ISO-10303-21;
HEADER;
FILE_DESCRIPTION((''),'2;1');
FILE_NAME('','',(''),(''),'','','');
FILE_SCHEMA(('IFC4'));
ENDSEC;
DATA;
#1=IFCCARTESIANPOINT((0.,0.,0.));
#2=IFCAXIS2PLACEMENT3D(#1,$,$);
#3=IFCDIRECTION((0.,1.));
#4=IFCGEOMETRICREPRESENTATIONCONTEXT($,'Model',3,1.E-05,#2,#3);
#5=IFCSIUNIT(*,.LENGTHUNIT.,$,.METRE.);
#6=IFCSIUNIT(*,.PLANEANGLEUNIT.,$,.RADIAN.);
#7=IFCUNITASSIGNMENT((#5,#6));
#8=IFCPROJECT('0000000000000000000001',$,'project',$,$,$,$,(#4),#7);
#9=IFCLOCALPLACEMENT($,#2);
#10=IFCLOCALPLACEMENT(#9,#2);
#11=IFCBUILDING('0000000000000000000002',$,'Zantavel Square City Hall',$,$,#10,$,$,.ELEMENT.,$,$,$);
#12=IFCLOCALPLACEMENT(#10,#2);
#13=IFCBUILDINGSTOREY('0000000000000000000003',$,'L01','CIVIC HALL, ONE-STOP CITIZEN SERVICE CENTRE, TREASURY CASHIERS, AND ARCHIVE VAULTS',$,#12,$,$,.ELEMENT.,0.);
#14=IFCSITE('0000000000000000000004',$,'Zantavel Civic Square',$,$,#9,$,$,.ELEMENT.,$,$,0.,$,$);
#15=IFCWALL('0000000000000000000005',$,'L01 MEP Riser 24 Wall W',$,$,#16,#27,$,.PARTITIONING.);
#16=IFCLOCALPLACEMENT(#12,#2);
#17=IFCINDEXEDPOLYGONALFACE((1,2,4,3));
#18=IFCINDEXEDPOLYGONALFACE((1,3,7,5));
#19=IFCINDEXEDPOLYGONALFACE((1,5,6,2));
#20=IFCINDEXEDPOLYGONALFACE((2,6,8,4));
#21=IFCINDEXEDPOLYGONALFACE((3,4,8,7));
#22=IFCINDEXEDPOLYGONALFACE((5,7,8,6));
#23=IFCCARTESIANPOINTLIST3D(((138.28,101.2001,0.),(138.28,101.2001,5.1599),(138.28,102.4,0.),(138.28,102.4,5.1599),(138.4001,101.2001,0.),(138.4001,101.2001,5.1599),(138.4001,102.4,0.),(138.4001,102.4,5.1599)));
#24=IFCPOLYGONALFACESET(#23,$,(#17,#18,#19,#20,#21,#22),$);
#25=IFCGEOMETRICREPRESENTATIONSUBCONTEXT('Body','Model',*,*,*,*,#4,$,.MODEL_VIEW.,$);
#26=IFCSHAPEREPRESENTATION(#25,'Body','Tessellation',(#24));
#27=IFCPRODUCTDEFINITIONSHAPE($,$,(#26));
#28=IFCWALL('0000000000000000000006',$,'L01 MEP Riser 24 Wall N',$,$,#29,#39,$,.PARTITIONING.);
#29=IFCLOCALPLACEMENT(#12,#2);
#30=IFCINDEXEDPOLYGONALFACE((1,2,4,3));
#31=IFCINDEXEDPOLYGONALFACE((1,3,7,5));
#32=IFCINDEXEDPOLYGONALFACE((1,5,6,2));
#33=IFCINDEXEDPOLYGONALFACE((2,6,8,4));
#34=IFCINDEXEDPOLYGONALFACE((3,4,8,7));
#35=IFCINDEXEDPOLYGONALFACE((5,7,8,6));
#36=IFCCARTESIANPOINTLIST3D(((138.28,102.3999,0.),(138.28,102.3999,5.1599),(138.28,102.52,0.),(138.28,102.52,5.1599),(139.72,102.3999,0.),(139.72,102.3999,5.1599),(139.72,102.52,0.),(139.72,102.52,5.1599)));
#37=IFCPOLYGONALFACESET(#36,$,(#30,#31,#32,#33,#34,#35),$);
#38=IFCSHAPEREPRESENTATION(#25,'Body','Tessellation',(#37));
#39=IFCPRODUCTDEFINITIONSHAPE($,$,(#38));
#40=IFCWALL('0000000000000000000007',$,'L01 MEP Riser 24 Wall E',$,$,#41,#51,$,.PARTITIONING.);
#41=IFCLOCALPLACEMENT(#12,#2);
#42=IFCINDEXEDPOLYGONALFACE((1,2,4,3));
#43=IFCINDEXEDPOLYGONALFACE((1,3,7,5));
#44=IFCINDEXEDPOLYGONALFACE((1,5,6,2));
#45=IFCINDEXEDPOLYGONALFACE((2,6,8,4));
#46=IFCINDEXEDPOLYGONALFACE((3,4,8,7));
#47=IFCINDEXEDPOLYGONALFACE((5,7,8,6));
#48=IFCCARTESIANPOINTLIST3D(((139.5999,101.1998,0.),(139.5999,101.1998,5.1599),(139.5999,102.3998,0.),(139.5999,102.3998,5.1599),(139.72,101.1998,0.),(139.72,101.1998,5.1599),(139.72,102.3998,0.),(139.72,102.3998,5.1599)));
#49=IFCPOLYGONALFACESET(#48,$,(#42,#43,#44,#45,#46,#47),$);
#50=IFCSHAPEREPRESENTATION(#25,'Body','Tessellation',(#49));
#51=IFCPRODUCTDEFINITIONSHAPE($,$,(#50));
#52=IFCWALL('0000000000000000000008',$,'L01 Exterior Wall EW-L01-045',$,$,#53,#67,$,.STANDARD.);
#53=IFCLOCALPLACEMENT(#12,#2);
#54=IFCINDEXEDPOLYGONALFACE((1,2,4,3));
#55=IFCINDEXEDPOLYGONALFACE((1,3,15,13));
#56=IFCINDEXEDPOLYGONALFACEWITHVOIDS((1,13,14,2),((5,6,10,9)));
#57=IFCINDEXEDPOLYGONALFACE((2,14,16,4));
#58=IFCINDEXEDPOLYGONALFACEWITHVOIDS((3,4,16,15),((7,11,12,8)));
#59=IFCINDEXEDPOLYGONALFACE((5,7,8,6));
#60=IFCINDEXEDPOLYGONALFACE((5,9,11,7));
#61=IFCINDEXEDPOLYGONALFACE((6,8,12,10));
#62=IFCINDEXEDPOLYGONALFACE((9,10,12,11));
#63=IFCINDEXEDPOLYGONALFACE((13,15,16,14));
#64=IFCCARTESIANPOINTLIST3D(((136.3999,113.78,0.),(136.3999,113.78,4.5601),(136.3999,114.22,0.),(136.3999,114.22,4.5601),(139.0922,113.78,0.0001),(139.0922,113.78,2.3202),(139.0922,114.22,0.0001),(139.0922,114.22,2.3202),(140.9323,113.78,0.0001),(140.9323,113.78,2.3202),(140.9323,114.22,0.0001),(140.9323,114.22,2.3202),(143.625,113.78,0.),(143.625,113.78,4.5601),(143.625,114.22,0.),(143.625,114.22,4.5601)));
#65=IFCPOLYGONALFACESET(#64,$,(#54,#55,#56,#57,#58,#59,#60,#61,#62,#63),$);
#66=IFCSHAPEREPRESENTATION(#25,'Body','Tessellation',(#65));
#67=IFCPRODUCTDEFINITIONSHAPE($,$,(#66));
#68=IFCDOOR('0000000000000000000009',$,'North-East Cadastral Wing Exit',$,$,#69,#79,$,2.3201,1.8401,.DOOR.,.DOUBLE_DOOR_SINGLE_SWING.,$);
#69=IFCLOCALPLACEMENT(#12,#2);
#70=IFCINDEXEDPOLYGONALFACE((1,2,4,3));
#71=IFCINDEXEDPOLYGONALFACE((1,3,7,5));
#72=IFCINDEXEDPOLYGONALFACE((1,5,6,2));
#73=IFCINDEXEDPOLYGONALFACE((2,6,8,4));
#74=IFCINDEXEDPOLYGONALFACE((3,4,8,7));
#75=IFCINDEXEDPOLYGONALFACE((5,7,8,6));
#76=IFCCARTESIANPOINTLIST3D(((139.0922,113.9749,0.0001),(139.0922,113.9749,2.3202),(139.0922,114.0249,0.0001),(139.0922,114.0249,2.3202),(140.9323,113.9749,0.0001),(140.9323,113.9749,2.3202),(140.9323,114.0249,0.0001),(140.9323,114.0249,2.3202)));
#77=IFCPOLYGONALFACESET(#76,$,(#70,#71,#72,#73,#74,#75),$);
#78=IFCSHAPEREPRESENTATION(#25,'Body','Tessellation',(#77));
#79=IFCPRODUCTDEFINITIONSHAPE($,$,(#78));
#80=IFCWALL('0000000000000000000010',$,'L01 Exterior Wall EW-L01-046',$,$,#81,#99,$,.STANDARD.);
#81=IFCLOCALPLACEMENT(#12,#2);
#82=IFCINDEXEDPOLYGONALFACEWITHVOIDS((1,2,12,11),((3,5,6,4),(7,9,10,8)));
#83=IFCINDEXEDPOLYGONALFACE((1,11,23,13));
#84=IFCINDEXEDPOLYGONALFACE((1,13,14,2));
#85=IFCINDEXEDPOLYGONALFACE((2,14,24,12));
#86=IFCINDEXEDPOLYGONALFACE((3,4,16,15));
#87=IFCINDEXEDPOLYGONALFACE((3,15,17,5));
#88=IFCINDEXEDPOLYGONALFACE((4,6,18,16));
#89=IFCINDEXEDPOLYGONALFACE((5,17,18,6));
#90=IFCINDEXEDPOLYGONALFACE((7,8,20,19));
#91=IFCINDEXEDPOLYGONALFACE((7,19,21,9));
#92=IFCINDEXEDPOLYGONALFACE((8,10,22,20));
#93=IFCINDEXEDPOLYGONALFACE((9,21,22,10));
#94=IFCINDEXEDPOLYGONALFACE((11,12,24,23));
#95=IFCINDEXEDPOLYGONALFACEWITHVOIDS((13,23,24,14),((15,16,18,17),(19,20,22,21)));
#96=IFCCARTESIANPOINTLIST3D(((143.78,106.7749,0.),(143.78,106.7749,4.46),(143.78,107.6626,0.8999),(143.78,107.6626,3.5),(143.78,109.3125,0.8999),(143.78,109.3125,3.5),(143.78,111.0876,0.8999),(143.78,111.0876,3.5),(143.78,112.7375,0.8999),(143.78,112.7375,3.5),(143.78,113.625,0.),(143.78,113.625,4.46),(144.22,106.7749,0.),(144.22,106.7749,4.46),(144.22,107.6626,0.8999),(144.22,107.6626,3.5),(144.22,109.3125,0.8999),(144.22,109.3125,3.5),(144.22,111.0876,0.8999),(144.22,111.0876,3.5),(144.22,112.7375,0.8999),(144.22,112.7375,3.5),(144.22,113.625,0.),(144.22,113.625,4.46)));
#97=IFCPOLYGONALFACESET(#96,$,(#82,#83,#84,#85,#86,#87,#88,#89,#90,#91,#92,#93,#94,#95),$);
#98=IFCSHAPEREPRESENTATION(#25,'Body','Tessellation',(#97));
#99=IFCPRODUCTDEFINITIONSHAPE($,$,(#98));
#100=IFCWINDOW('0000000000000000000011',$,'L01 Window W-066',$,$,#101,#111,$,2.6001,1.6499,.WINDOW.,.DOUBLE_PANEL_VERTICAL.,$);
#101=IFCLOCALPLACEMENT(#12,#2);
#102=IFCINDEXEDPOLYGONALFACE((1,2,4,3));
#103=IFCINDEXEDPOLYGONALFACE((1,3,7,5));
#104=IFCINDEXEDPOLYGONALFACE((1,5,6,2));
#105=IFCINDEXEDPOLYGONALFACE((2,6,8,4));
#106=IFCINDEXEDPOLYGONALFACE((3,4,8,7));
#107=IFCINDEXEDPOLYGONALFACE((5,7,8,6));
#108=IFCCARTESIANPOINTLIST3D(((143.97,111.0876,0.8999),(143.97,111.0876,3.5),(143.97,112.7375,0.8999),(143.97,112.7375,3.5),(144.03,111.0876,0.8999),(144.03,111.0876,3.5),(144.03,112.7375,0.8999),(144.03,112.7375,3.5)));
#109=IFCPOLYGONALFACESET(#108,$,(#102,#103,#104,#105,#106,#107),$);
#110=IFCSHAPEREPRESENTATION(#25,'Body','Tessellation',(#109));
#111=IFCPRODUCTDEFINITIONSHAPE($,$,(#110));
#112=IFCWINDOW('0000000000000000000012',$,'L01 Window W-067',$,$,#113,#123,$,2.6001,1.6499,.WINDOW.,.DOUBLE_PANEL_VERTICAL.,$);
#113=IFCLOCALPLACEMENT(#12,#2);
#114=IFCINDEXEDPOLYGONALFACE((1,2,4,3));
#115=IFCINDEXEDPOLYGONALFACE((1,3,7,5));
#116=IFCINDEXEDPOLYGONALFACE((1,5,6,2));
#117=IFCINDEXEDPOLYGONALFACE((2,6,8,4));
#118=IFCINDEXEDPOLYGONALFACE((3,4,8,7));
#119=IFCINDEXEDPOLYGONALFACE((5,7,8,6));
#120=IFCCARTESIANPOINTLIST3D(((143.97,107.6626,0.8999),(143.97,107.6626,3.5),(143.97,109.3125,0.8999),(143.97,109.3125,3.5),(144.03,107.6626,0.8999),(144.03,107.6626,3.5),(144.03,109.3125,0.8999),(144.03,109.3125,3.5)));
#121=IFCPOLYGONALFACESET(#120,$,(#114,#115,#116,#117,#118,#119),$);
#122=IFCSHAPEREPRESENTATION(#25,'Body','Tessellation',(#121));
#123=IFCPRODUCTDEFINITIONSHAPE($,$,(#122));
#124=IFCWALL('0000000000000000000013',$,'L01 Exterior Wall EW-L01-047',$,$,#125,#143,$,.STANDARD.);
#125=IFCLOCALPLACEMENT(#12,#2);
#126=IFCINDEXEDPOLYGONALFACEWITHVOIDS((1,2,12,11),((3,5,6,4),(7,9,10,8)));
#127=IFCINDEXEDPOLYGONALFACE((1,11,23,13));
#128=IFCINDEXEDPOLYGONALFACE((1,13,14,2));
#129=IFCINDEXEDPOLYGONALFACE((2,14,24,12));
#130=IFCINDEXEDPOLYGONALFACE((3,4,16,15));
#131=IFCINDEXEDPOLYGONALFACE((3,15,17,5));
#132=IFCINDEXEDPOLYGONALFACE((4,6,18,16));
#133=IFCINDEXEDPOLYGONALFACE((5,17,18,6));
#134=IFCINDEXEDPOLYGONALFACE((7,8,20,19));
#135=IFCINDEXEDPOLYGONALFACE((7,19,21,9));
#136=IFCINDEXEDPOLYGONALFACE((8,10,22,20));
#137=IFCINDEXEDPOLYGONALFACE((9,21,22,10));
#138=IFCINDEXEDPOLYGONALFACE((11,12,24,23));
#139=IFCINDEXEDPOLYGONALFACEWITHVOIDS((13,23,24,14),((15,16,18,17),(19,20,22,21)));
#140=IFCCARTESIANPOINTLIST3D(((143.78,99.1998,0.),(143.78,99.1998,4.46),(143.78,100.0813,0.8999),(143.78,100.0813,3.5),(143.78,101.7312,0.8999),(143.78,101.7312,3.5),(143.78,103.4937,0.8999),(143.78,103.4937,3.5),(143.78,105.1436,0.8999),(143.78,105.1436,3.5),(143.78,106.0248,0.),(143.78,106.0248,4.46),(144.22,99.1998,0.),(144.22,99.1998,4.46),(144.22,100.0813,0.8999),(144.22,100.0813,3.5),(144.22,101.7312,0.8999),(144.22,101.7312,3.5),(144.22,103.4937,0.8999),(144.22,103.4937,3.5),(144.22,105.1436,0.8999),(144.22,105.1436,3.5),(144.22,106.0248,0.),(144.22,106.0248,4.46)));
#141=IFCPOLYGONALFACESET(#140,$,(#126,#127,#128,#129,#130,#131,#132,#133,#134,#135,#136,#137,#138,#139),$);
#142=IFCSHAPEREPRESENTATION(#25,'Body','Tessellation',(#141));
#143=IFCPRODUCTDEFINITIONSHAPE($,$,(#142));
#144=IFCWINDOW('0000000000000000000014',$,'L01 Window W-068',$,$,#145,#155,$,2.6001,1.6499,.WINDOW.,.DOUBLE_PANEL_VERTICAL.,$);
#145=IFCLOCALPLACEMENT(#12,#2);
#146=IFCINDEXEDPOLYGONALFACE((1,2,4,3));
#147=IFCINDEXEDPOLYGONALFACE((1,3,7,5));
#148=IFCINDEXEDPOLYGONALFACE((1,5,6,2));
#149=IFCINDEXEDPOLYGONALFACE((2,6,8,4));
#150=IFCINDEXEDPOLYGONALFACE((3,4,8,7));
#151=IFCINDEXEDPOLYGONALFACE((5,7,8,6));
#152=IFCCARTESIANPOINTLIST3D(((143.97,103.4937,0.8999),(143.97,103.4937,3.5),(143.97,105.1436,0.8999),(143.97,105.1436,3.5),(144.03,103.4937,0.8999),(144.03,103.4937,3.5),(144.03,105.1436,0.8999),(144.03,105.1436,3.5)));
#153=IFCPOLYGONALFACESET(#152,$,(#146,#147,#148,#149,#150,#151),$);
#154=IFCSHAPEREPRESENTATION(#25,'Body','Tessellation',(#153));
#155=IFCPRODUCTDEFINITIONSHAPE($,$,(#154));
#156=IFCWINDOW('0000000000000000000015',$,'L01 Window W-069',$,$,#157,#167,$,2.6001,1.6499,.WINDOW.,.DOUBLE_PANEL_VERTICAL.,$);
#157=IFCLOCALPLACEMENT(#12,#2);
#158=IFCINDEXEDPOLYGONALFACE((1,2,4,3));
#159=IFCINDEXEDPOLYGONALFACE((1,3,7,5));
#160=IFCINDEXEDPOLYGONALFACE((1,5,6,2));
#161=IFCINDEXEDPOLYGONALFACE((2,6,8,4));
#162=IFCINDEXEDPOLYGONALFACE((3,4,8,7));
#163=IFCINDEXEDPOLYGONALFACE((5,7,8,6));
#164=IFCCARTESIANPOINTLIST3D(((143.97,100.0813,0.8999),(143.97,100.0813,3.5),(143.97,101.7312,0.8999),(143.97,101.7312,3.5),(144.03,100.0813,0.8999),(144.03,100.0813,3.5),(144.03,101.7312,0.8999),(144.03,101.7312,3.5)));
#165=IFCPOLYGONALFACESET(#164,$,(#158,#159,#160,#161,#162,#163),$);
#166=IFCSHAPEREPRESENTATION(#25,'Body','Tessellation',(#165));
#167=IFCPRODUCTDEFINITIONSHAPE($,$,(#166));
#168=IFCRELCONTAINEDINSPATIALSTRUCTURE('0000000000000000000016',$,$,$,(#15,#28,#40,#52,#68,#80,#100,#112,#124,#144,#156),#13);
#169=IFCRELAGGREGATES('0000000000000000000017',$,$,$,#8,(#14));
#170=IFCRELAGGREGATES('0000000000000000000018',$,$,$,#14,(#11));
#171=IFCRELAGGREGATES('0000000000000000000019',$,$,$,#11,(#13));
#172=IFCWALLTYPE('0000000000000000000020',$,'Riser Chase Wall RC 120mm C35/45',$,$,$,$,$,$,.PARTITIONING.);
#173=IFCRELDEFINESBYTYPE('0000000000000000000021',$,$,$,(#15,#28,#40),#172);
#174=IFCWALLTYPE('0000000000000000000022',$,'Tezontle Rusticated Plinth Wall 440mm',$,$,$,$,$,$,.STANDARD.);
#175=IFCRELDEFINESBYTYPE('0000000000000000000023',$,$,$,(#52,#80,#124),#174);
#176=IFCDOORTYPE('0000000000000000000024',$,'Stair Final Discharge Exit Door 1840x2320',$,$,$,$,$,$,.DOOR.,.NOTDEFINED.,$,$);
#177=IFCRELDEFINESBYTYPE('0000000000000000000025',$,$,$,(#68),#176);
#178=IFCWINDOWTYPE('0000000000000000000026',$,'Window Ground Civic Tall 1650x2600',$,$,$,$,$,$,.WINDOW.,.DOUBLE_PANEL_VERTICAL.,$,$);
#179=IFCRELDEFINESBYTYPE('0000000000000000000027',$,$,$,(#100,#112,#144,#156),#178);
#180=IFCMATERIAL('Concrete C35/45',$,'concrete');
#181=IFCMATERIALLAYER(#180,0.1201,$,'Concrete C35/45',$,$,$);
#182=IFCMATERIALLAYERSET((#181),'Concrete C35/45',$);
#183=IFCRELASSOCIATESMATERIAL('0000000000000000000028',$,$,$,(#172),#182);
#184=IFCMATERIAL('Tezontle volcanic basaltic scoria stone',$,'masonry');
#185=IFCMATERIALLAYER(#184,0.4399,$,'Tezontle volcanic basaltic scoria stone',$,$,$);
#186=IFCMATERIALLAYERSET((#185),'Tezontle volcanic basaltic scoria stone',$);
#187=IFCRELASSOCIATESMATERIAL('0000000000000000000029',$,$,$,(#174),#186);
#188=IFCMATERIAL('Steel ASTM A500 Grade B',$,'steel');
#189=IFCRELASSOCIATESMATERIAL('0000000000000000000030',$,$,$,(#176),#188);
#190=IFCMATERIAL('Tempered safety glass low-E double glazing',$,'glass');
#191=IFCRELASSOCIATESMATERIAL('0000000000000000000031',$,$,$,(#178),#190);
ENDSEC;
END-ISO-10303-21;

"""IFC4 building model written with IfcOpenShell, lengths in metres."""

from ifc_helpers import new_model, si_unit, direction, frame, frame_2d, origin, place, context, subcontext, project, spatial, rectangle, extrude, material, layer, layer_set, type_object, element, fill, save


model = new_model("IFC4")

# Units and contexts
model_context = context("Model", 3, precision=1e-05, world=origin(), true_north=direction((0.0, 1.0)))
body_context = subcontext(model_context, "Body", "Model", "MODEL_VIEW")
ifc_project = project(units=[si_unit("LENGTHUNIT", "METRE"), si_unit("PLANEANGLEUNIT", "RADIAN")], contexts=[model_context])

# Site, building, storey
site_placement = place(None, origin())
site = spatial("IfcSite", under=ifc_project, at=site_placement, Name="Zantavel Civic Square", CompositionType="ELEMENT", RefElevation=0.0)
building_placement = place(site_placement, origin())
building = spatial("IfcBuilding", under=site, at=building_placement, Name="Zantavel Square City Hall", CompositionType="ELEMENT")
storey_placement = place(building_placement, origin())
storey = spatial("IfcBuildingStorey", under=building, at=storey_placement, Name="L01", Description="CIVIC HALL, ONE-STOP CITIZEN SERVICE CENTRE, TREASURY CASHIERS, AND ARCHIVE VAULTS", CompositionType="ELEMENT", Elevation=0.0)

# Shared definitions
ifc_material_1 = material(Name="Concrete C35/45", Category="concrete")

# Walls
ifc_layer_1 = layer(ifc_material_1, 0.1201, Name="Concrete C35/45")
ifc_layer_set_1 = layer_set([ifc_layer_1], Name="Concrete C35/45")
wall_type_1 = type_object("IfcWallType", Name="Riser Chase Wall RC 120mm C35/45", PredefinedType="PARTITIONING", material=ifc_layer_set_1)
wall_1_placement = place(storey_placement, frame((138.3401, 101.2, 0.0), z_axis=(0.0, 0.0, 1.0), x_axis=(0.0, 1.0, 0.0)))
element("IfcWall", 1, at=wall_1_placement, inside=storey, type_object=wall_type_1, Name="L01 MEP Riser 24 Wall W", PredefinedType="PARTITIONING", context=body_context, shape_type="SweptSolid", body=[
    extrude(rectangle(XDim=1.2, YDim=0.1201, at=frame_2d((0.6001, 0.0))), origin(), (0.0, 0.0, 1.0), 5.1599),
])
wall_2_placement = place(storey_placement, frame((138.28, 102.46, 0.0), z_axis=(0.0, 0.0, 1.0), x_axis=(1.0, 0.0, 0.0)))
element("IfcWall", 2, at=wall_2_placement, inside=storey, type_object=wall_type_1, Name="L01 MEP Riser 24 Wall N", PredefinedType="PARTITIONING", context=body_context, shape_type="SweptSolid", body=[
    extrude(rectangle(XDim=1.4399, YDim=0.1201, at=frame_2d((0.72, 0.0))), origin(), (0.0, 0.0, 1.0), 5.1599),
])
wall_3_placement = place(storey_placement, frame((139.6599, 102.3999, 0.0), z_axis=(0.0, 0.0, 1.0), x_axis=(0.0, -1.0, 0.0)))
element("IfcWall", 3, at=wall_3_placement, inside=storey, type_object=wall_type_1, Name="L01 MEP Riser 24 Wall E", PredefinedType="PARTITIONING", context=body_context, shape_type="SweptSolid", body=[
    extrude(rectangle(XDim=1.2, YDim=0.1201, at=frame_2d((0.6001, 0.0))), origin(), (0.0, 0.0, 1.0), 5.1599),
])

# Wall, opening, door
ifc_material_2 = material(Name="Tezontle volcanic basaltic scoria stone", Category="masonry")
ifc_layer_2 = layer(ifc_material_2, 0.4399, Name="Tezontle volcanic basaltic scoria stone")
ifc_layer_set_2 = layer_set([ifc_layer_2], Name="Tezontle volcanic basaltic scoria stone")
wall_type_2 = type_object("IfcWallType", Name="Tezontle Rusticated Plinth Wall 440mm", PredefinedType="STANDARD", material=ifc_layer_set_2)
wall_4_placement = place(storey_placement, frame((136.3999, 114.0, 0.0), z_axis=(0.0, 0.0, 1.0), x_axis=(1.0, 0.0, 0.0)))
wall_4 = element("IfcWall", 4, at=wall_4_placement, inside=storey, type_object=wall_type_2, Name="L01 Exterior Wall EW-L01-045", PredefinedType="STANDARD", context=body_context, shape_type="SweptSolid", body=[
    extrude(rectangle(XDim=7.2251, YDim=0.4399, at=frame_2d((3.6125, 0.0))), origin(), (0.0, 0.0, 1.0), 4.5601),
])
opening_1_placement = place(wall_4_placement, frame((2.6924, 0.0, 0.0)))
opening_1 = element("IfcOpeningElement", 5, at=opening_1_placement, cuts=wall_4, PredefinedType="OPENING", context=body_context, shape_type="SweptSolid", body=[
    extrude(rectangle(XDim=1.8401, YDim=2.3201, at=frame_2d((0.9199, 1.1602))), frame((0.0, 0.23, 0.0), z_axis=(0.0, -1.0, 0.0), x_axis=(1.0, 0.0, 0.0)), (0.0, 0.0, 1.0), 0.46),
])
ifc_material_3 = material(Name="Steel ASTM A500 Grade B", Category="steel")
door_type = type_object("IfcDoorType", Name="Stair Final Discharge Exit Door 1840x2320", OperationType="NOTDEFINED", PredefinedType="DOOR", material=ifc_material_3)
door_placement = place(opening_1_placement, origin())
door = element("IfcDoor", 6, at=door_placement, inside=storey, type_object=door_type, Name="North-East Cadastral Wing Exit", OperationType="DOUBLE_DOOR_SINGLE_SWING", OverallHeight=2.3201, OverallWidth=1.8401, PredefinedType="DOOR", context=body_context, shape_type="SweptSolid", body=[
    extrude(rectangle(XDim=1.8401, YDim=2.3201, at=frame_2d((0.9199, 1.1602))), frame((0.0, 0.0249, 0.0), z_axis=(0.0, -1.0, 0.0), x_axis=(1.0, 0.0, 0.0)), (0.0, 0.0, 1.0), 0.05),
])
fill(opening_1, door)

# Walls, openings, windows
wall_5_placement = place(storey_placement, frame((144.0, 113.625, 0.0), z_axis=(0.0, 0.0, 1.0), x_axis=(0.0, -1.0, 0.0)))
wall_5 = element("IfcWall", 7, at=wall_5_placement, inside=storey, type_object=wall_type_2, Name="L01 Exterior Wall EW-L01-046", PredefinedType="STANDARD", context=body_context, shape_type="SweptSolid", body=[
    extrude(rectangle(XDim=6.8501, YDim=0.4399, at=frame_2d((3.425, 0.0))), origin(), (0.0, 0.0, 1.0), 4.46),
])
opening_2_placement = place(wall_5_placement, frame((0.8875, 0.0, 0.8999)))
opening_2 = element("IfcOpeningElement", 8, at=opening_2_placement, cuts=wall_5, PredefinedType="OPENING", context=body_context, shape_type="SweptSolid", body=[
    extrude(rectangle(XDim=1.6499, YDim=2.6001, at=frame_2d((0.825, 1.3))), frame((0.0, 0.23, 0.0), z_axis=(0.0, -1.0, 0.0), x_axis=(1.0, 0.0, 0.0)), (0.0, 0.0, 1.0), 0.46),
])
opening_3_placement = place(wall_5_placement, frame((4.3125, 0.0, 0.8999)))
opening_3 = element("IfcOpeningElement", 9, at=opening_3_placement, cuts=wall_5, PredefinedType="OPENING", context=body_context, shape_type="SweptSolid", body=[
    extrude(rectangle(XDim=1.6499, YDim=2.6001, at=frame_2d((0.825, 1.3))), frame((0.0, 0.23, 0.0), z_axis=(0.0, -1.0, 0.0), x_axis=(1.0, 0.0, 0.0)), (0.0, 0.0, 1.0), 0.46),
])
ifc_material_4 = material(Name="Tempered safety glass low-E double glazing", Category="glass")
window_type_1 = type_object("IfcWindowType", Name="Window Ground Civic Tall 1650x2600", PartitioningType="DOUBLE_PANEL_VERTICAL", PredefinedType="WINDOW", material=ifc_material_4)
window_1_placement = place(opening_2_placement, origin())
window_1 = element("IfcWindow", 10, at=window_1_placement, inside=storey, type_object=window_type_1, Name="L01 Window W-066", OverallHeight=2.6001, OverallWidth=1.6499, PartitioningType="DOUBLE_PANEL_VERTICAL", PredefinedType="WINDOW", context=body_context, shape_type="SweptSolid", body=[
    extrude(rectangle(XDim=1.6499, YDim=2.6001, at=frame_2d((0.825, 1.3))), frame((0.0, 0.03, 0.0), z_axis=(0.0, -1.0, 0.0), x_axis=(1.0, 0.0, 0.0)), (0.0, 0.0, 1.0), 0.0601),
])
fill(opening_2, window_1)
window_2_placement = place(opening_3_placement, origin())
window_2 = element("IfcWindow", 11, at=window_2_placement, inside=storey, type_object=window_type_1, Name="L01 Window W-067", OverallHeight=2.6001, OverallWidth=1.6499, PartitioningType="DOUBLE_PANEL_VERTICAL", PredefinedType="WINDOW", context=body_context, shape_type="SweptSolid", body=[
    extrude(rectangle(XDim=1.6499, YDim=2.6001, at=frame_2d((0.825, 1.3))), frame((0.0, 0.03, 0.0), z_axis=(0.0, -1.0, 0.0), x_axis=(1.0, 0.0, 0.0)), (0.0, 0.0, 1.0), 0.0601),
])
fill(opening_3, window_2)
wall_6_placement = place(storey_placement, frame((144.0, 106.0249, 0.0), z_axis=(0.0, 0.0, 1.0), x_axis=(0.0, -1.0, 0.0)))
wall_6 = element("IfcWall", 12, at=wall_6_placement, inside=storey, type_object=wall_type_2, Name="L01 Exterior Wall EW-L01-047", PredefinedType="STANDARD", context=body_context, shape_type="SweptSolid", body=[
    extrude(rectangle(XDim=6.825, YDim=0.4399, at=frame_2d((3.4126, 0.0))), origin(), (0.0, 0.0, 1.0), 4.46),
])
opening_4_placement = place(wall_6_placement, frame((0.8813, 0.0, 0.8999)))
opening_4 = element("IfcOpeningElement", 13, at=opening_4_placement, cuts=wall_6, PredefinedType="OPENING", context=body_context, shape_type="SweptSolid", body=[
    extrude(rectangle(XDim=1.6499, YDim=2.6001, at=frame_2d((0.825, 1.3))), frame((0.0, 0.23, 0.0), z_axis=(0.0, -1.0, 0.0), x_axis=(1.0, 0.0, 0.0)), (0.0, 0.0, 1.0), 0.46),
])
opening_5_placement = place(wall_6_placement, frame((4.2937, 0.0, 0.8999)))
opening_5 = element("IfcOpeningElement", 14, at=opening_5_placement, cuts=wall_6, PredefinedType="OPENING", context=body_context, shape_type="SweptSolid", body=[
    extrude(rectangle(XDim=1.6499, YDim=2.6001, at=frame_2d((0.825, 1.3))), frame((0.0, 0.23, 0.0), z_axis=(0.0, -1.0, 0.0), x_axis=(1.0, 0.0, 0.0)), (0.0, 0.0, 1.0), 0.46),
])
window_3_placement = place(opening_4_placement, origin())
window_3 = element("IfcWindow", 15, at=window_3_placement, inside=storey, type_object=window_type_1, Name="L01 Window W-068", OverallHeight=2.6001, OverallWidth=1.6499, PartitioningType="DOUBLE_PANEL_VERTICAL", PredefinedType="WINDOW", context=body_context, shape_type="SweptSolid", body=[
    extrude(rectangle(XDim=1.6499, YDim=2.6001, at=frame_2d((0.825, 1.3))), frame((0.0, 0.03, 0.0), z_axis=(0.0, -1.0, 0.0), x_axis=(1.0, 0.0, 0.0)), (0.0, 0.0, 1.0), 0.0601),
])
fill(opening_4, window_3)
window_4_placement = place(opening_5_placement, origin())
window_4 = element("IfcWindow", 16, at=window_4_placement, inside=storey, type_object=window_type_1, Name="L01 Window W-069", OverallHeight=2.6001, OverallWidth=1.6499, PartitioningType="DOUBLE_PANEL_VERTICAL", PredefinedType="WINDOW", context=body_context, shape_type="SweptSolid", body=[
    extrude(rectangle(XDim=1.6499, YDim=2.6001, at=frame_2d((0.825, 1.3))), frame((0.0, 0.03, 0.0), z_axis=(0.0, -1.0, 0.0), x_axis=(1.0, 0.0, 0.0)), (0.0, 0.0, 1.0), 0.0601),
])
fill(opening_5, window_4)

save(model, "model.ifc")
